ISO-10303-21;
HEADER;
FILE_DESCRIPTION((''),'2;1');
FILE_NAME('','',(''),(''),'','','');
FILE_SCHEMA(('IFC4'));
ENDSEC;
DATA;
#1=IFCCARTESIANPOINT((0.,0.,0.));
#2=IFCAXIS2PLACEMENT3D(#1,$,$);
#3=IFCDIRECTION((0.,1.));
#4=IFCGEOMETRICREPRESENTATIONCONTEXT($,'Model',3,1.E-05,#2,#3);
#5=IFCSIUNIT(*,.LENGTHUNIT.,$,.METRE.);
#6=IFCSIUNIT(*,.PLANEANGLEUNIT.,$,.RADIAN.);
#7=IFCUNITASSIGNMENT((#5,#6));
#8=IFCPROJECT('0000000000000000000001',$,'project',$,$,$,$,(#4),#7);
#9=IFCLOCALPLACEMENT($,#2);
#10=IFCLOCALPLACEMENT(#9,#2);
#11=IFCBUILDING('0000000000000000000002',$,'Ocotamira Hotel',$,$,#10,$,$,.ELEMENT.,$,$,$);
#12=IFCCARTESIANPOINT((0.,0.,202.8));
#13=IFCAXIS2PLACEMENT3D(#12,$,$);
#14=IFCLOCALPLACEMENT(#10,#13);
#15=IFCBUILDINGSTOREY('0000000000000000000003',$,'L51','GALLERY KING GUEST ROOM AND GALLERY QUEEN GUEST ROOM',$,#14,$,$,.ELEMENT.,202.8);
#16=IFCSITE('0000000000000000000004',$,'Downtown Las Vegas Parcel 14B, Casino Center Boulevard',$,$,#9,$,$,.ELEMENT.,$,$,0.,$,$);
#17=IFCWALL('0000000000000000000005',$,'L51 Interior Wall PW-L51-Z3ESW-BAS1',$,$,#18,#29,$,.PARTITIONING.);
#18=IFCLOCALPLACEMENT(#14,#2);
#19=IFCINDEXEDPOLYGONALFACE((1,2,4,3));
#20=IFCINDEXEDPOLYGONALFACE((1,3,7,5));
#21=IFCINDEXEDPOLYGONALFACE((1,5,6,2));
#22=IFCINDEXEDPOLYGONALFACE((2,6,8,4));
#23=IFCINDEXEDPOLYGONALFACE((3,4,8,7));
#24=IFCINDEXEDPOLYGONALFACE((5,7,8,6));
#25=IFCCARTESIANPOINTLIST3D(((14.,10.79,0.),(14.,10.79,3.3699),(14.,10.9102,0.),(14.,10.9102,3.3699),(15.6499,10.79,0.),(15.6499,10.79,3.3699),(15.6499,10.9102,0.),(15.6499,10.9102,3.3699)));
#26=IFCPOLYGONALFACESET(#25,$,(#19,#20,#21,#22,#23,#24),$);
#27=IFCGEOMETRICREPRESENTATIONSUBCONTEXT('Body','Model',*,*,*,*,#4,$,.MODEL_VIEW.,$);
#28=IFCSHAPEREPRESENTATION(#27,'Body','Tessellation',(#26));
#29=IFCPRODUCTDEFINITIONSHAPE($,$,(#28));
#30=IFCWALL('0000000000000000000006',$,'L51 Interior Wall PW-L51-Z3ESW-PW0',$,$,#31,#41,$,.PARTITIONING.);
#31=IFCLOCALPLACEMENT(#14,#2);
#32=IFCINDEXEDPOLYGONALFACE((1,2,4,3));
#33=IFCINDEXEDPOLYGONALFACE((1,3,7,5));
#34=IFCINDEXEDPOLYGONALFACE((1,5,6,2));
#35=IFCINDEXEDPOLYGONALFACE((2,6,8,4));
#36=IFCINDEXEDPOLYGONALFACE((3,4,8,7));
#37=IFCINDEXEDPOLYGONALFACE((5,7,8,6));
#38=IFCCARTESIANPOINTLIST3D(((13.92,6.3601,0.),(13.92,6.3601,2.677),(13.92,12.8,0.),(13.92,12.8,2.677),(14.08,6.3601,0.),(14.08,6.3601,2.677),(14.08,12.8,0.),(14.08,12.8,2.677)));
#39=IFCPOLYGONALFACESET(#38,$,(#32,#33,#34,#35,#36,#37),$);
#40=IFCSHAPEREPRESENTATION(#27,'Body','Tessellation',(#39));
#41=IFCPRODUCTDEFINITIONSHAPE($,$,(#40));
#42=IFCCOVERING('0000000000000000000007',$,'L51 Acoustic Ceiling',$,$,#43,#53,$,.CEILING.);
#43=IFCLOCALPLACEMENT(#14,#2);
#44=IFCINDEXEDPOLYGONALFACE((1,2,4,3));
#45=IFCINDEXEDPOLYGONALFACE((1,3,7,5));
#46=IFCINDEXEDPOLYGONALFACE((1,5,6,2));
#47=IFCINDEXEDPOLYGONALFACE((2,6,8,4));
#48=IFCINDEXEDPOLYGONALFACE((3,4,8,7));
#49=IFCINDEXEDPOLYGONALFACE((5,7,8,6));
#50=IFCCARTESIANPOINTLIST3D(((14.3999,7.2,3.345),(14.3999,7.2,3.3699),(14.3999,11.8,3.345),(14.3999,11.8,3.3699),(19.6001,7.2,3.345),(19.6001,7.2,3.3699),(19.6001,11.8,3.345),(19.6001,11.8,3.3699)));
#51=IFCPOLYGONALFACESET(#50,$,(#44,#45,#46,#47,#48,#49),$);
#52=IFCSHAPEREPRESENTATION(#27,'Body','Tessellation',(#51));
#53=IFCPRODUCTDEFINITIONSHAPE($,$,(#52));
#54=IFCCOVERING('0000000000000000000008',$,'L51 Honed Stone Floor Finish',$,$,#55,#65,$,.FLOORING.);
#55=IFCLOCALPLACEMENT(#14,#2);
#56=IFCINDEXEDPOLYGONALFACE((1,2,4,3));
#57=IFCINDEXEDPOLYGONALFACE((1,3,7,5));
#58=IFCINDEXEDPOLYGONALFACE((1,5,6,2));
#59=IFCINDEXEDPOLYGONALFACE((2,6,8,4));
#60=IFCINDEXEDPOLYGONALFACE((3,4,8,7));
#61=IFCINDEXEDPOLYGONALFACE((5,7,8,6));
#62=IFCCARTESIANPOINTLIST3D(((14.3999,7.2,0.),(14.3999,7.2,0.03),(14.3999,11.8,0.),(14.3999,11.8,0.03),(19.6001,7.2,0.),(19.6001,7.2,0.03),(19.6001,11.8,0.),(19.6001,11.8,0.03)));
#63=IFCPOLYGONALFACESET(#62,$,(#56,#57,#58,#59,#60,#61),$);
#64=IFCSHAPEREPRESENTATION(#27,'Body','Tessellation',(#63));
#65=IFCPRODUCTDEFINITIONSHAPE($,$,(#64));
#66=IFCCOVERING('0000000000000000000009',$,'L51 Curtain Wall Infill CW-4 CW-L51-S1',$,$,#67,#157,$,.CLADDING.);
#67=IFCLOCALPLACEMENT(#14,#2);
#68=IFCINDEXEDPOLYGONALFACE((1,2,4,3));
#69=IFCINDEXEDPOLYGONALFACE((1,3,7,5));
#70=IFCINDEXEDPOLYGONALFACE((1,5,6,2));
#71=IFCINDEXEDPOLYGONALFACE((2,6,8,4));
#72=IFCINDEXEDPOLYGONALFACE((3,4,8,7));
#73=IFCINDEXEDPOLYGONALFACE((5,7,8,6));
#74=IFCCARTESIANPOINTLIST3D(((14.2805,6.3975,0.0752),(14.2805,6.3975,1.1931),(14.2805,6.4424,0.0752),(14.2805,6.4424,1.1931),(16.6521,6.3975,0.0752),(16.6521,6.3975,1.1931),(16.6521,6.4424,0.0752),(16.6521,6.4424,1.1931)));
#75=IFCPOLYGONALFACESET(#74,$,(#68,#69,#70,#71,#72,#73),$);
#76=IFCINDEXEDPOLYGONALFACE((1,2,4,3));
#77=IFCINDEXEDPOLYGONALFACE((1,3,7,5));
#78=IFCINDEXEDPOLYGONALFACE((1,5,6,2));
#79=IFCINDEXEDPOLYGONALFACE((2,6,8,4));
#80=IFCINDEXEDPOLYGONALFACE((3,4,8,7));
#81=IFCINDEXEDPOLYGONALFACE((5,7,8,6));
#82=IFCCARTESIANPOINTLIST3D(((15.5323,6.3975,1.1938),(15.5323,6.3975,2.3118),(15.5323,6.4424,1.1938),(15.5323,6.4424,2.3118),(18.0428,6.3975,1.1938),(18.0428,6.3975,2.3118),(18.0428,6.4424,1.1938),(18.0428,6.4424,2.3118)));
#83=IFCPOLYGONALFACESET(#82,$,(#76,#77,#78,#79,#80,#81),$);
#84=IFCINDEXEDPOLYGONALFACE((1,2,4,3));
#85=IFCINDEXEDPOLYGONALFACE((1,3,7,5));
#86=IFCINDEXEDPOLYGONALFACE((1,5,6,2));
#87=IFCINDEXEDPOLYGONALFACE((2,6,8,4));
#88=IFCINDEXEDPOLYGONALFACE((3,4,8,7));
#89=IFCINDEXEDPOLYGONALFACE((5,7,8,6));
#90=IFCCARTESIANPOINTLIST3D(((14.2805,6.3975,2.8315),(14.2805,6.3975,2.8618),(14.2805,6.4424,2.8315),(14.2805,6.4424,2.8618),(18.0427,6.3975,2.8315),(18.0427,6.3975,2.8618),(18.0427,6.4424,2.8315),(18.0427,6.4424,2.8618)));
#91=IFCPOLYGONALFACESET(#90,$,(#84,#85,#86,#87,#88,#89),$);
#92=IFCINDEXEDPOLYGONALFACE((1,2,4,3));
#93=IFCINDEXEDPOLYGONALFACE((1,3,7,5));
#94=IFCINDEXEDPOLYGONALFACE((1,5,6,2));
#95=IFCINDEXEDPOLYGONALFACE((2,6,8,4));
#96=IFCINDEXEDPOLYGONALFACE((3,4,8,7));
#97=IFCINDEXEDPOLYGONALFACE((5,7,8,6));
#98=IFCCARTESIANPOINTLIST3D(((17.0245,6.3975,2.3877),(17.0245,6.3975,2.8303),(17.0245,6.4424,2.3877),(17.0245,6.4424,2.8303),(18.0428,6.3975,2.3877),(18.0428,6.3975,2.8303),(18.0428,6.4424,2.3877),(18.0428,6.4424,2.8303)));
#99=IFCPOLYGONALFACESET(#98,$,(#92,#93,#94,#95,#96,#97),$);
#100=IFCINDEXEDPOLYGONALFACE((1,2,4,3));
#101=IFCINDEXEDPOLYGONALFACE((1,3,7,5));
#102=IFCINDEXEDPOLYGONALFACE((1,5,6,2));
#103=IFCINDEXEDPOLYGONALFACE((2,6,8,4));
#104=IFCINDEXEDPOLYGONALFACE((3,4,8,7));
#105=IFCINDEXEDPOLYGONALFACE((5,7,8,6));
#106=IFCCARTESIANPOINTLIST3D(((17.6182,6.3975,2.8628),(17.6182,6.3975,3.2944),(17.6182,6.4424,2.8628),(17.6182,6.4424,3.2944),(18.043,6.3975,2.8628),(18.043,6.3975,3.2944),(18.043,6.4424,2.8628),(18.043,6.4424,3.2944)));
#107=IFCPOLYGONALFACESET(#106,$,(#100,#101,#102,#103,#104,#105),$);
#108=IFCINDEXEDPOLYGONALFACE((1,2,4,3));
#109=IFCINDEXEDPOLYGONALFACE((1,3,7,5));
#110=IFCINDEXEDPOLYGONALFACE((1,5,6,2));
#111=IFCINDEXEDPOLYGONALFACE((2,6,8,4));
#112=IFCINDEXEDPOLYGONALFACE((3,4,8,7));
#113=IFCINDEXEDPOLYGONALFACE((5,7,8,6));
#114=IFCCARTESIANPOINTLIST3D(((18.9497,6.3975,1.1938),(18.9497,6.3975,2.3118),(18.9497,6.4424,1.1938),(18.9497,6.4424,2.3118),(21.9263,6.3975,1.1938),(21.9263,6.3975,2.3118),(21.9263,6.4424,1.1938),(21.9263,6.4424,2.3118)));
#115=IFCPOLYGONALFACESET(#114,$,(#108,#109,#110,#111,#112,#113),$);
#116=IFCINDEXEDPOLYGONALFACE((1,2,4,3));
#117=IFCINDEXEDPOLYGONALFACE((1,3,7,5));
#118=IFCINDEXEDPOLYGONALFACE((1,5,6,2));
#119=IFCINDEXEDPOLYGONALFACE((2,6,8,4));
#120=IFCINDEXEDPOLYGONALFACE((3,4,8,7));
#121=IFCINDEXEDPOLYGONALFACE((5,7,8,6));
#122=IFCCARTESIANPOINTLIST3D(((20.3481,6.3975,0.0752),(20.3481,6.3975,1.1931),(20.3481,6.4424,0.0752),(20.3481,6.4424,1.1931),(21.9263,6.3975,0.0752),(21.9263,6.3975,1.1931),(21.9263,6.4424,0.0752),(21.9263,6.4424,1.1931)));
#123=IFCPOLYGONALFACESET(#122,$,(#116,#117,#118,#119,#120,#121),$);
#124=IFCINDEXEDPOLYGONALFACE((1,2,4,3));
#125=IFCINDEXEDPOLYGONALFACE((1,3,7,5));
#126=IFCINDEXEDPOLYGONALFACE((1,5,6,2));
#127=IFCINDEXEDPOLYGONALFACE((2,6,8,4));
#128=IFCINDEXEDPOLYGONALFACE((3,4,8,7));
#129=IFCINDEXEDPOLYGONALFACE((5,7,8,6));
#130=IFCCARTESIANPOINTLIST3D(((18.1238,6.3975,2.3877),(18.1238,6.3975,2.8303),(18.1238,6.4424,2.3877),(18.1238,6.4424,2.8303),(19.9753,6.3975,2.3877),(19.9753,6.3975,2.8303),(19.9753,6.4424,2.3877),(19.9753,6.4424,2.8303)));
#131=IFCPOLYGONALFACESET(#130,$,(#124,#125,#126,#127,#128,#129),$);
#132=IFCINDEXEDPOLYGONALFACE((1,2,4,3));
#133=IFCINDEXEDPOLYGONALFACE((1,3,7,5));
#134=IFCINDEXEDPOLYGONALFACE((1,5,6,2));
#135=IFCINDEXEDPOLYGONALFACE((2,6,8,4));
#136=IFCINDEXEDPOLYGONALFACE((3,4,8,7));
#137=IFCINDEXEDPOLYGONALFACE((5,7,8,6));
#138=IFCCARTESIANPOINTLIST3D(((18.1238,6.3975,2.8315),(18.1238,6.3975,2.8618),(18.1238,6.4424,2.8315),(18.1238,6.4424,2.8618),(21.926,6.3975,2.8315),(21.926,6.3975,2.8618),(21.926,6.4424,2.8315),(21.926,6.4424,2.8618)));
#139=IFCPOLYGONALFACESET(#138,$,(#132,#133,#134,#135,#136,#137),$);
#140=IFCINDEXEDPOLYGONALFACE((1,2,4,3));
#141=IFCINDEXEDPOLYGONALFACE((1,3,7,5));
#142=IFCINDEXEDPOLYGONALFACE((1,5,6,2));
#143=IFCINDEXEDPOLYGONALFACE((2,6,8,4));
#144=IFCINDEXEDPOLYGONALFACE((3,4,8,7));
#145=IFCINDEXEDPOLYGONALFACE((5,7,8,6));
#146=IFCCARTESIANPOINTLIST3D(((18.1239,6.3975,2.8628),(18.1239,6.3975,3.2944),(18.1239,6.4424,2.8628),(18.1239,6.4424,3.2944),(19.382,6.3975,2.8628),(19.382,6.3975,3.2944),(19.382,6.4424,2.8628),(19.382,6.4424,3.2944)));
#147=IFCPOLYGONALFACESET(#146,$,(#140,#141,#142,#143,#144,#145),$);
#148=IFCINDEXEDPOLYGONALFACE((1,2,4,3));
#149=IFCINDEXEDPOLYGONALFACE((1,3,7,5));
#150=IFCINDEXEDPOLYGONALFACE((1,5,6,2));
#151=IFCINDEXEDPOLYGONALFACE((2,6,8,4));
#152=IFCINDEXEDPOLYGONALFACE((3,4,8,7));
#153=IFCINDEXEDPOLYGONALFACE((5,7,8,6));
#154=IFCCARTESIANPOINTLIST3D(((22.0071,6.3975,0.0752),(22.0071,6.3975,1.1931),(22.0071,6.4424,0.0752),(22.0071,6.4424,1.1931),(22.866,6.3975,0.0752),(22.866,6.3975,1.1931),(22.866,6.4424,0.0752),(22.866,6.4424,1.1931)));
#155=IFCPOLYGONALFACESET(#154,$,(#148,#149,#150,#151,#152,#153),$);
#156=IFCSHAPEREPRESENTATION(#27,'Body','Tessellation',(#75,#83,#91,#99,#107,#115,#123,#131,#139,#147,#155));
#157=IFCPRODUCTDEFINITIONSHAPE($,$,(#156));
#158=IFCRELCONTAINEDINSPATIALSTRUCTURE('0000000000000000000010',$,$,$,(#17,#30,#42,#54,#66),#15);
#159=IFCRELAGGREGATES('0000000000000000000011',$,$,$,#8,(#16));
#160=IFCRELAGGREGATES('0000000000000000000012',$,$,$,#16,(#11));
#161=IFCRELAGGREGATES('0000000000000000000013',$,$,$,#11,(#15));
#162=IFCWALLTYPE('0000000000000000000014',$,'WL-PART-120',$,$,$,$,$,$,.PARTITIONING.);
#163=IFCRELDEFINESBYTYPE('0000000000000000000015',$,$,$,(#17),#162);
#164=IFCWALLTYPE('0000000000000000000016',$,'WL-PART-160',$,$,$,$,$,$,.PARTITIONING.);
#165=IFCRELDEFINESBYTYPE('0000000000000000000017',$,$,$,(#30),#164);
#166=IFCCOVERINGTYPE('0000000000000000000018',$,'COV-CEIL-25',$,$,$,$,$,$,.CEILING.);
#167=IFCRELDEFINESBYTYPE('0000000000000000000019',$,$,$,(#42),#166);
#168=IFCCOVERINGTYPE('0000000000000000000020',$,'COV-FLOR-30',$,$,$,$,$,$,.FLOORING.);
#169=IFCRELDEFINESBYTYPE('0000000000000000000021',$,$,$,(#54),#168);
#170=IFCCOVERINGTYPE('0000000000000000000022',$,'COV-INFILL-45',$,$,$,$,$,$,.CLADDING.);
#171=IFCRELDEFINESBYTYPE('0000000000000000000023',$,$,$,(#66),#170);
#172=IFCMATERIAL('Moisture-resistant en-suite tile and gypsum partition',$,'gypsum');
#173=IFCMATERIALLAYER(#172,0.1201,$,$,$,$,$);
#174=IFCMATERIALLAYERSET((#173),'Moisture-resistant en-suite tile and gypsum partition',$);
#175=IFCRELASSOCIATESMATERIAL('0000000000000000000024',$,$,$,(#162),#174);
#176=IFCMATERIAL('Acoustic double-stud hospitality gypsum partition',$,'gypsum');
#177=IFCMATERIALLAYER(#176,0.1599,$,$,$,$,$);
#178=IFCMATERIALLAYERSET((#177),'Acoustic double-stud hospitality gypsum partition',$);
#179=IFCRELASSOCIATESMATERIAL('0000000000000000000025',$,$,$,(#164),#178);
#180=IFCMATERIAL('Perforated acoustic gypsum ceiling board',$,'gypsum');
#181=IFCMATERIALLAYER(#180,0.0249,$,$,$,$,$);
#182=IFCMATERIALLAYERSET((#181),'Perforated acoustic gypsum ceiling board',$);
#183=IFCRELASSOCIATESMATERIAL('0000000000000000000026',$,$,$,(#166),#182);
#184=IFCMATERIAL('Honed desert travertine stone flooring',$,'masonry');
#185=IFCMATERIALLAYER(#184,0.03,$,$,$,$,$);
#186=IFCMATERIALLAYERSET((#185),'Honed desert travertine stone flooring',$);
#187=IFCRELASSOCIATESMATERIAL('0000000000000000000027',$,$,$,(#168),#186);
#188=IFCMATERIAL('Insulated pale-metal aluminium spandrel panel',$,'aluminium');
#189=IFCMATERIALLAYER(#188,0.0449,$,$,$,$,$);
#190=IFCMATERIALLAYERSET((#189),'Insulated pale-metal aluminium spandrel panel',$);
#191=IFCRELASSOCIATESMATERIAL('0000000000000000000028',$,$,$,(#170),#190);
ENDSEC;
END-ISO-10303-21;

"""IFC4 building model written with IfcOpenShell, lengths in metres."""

from ifc_helpers import new_model, si_unit, direction, frame, frame_2d, origin, origin_2d, place, context, subcontext, project, spatial, polyline, rectangle, outline, extrude, material, layer, layer_set, type_object, element, save


model = new_model("IFC4")

# Units and contexts
model_context = context("Model", 3, precision=1e-05, world=origin(), true_north=direction((0.0, 1.0)))
body_context = subcontext(model_context, "Body", "Model", "MODEL_VIEW")
ifc_project = project(units=[si_unit("LENGTHUNIT", "METRE"), si_unit("PLANEANGLEUNIT", "RADIAN")], contexts=[model_context])

# Site, building, storey
site_placement = place(None, origin())
site = spatial("IfcSite", under=ifc_project, at=site_placement, Name="Downtown Las Vegas Parcel 14B, Casino Center Boulevard", CompositionType="ELEMENT", RefElevation=0.0)
building_placement = place(site_placement, origin())
building = spatial("IfcBuilding", under=site, at=building_placement, Name="Ocotamira Hotel", CompositionType="ELEMENT")
storey_placement = place(building_placement, frame((0.0, 0.0, 202.8)))
storey = spatial("IfcBuildingStorey", under=building, at=storey_placement, Name="L51", Description="GALLERY KING GUEST ROOM AND GALLERY QUEEN GUEST ROOM", CompositionType="ELEMENT", Elevation=202.8)

# Walls
ifc_material_1 = material(Name="Moisture-resistant en-suite tile and gypsum partition", Category="gypsum")
ifc_layer_1 = layer(ifc_material_1, 0.1201)
ifc_layer_set_1 = layer_set([ifc_layer_1], Name="Moisture-resistant en-suite tile and gypsum partition")
wall_type_1 = type_object("IfcWallType", Name="WL-PART-120", PredefinedType="PARTITIONING", material=ifc_layer_set_1)
wall_1_placement = place(storey_placement, frame((14.0, 10.8501, 0.0), z_axis=(0.0, 0.0, 1.0), x_axis=(1.0, 0.0, 0.0)))
element("IfcWall", 1, at=wall_1_placement, inside=storey, type_object=wall_type_1, Name="L51 Interior Wall PW-L51-Z3ESW-BAS1", PredefinedType="PARTITIONING", context=body_context, shape_type="SweptSolid", body=[
    extrude(rectangle(XDim=1.6499, YDim=0.1201, at=frame_2d((0.825, 0.0))), origin(), (0.0, 0.0, 1.0), 3.3699),
])
ifc_material_2 = material(Name="Acoustic double-stud hospitality gypsum partition", Category="gypsum")
ifc_layer_2 = layer(ifc_material_2, 0.1599)
ifc_layer_set_2 = layer_set([ifc_layer_2], Name="Acoustic double-stud hospitality gypsum partition")
wall_type_2 = type_object("IfcWallType", Name="WL-PART-160", PredefinedType="PARTITIONING", material=ifc_layer_set_2)
wall_2_placement = place(storey_placement, frame((14.0, 6.3601, 0.0), z_axis=(0.0, 0.0, 1.0), x_axis=(0.0, 1.0, 0.0)))
element("IfcWall", 2, at=wall_2_placement, inside=storey, type_object=wall_type_2, Name="L51 Interior Wall PW-L51-Z3ESW-PW0", PredefinedType="PARTITIONING", context=body_context, shape_type="SweptSolid", body=[
    extrude(rectangle(XDim=6.4399, YDim=0.1599, at=frame_2d((3.22, 0.0))), origin(), (0.0, 0.0, 1.0), 2.677),
])

# Coverings
ifc_material_3 = material(Name="Perforated acoustic gypsum ceiling board", Category="gypsum")
ifc_layer_3 = layer(ifc_material_3, 0.0249)
ifc_layer_set_3 = layer_set([ifc_layer_3], Name="Perforated acoustic gypsum ceiling board")
covering_type_1 = type_object("IfcCoveringType", Name="COV-CEIL-25", PredefinedType="CEILING", material=ifc_layer_set_3)
covering_1_placement = place(storey_placement, frame((0.0, 0.0, 3.345)))
element("IfcCovering", 3, at=covering_1_placement, inside=storey, type_object=covering_type_1, Name="L51 Acoustic Ceiling", PredefinedType="CEILING", context=body_context, shape_type="SweptSolid", body=[
    extrude(outline(polyline([(14.3999, 7.2), (19.6001, 7.2), (19.6001, 11.8), (14.3999, 11.8), (14.3999, 7.2)])), origin(), (0.0, 0.0, 1.0), 0.0249),
])
ifc_material_4 = material(Name="Honed desert travertine stone flooring", Category="masonry")
ifc_layer_4 = layer(ifc_material_4, 0.03)
ifc_layer_set_4 = layer_set([ifc_layer_4], Name="Honed desert travertine stone flooring")
covering_type_2 = type_object("IfcCoveringType", Name="COV-FLOR-30", PredefinedType="FLOORING", material=ifc_layer_set_4)
covering_2_placement = place(storey_placement, origin())
element("IfcCovering", 4, at=covering_2_placement, inside=storey, type_object=covering_type_2, Name="L51 Honed Stone Floor Finish", PredefinedType="FLOORING", context=body_context, shape_type="SweptSolid", body=[
    extrude(outline(polyline([(14.3999, 7.2), (19.6001, 7.2), (19.6001, 11.8), (14.3999, 11.8), (14.3999, 7.2)])), origin(), (0.0, 0.0, 1.0), 0.03),
])
ifc_material_5 = material(Name="Insulated pale-metal aluminium spandrel panel", Category="aluminium")
ifc_layer_5 = layer(ifc_material_5, 0.0449)
ifc_layer_set_5 = layer_set([ifc_layer_5], Name="Insulated pale-metal aluminium spandrel panel")
covering_type_3 = type_object("IfcCoveringType", Name="COV-INFILL-45", PredefinedType="CLADDING", material=ifc_layer_set_5)
covering_3_placement = place(storey_placement, origin())
element("IfcCovering", 5, at=covering_3_placement, inside=storey, type_object=covering_type_3, Name="L51 Curtain Wall Infill CW-4 CW-L51-S1", PredefinedType="CLADDING", context=body_context, shape_type="SweptSolid", body=[
    extrude(rectangle(XDim=2.3716, YDim=0.0449, at=origin_2d()), frame((15.4663, 6.4199, 0.0752), z_axis=(0.0, 0.0, 1.0), x_axis=(1.0, 0.0, 0.0)), (0.0, 0.0, 1.0), 1.1179),
    extrude(rectangle(XDim=2.5105, YDim=0.0449, at=origin_2d()), frame((16.7876, 6.4199, 1.1938), z_axis=(0.0, 0.0, 1.0), x_axis=(1.0, 0.0, 0.0)), (0.0, 0.0, 1.0), 1.1179),
    extrude(rectangle(XDim=3.7622, YDim=0.0449, at=origin_2d()), frame((16.1616, 6.4199, 2.8315), z_axis=(0.0, 0.0, 1.0), x_axis=(1.0, 0.0, 0.0)), (0.0, 0.0, 1.0), 0.0303),
    extrude(rectangle(XDim=1.0183, YDim=0.0449, at=origin_2d()), frame((17.5337, 6.4199, 2.3877), z_axis=(0.0, 0.0, 1.0), x_axis=(1.0, 0.0, 0.0)), (0.0, 0.0, 1.0), 0.4426),
    extrude(rectangle(XDim=0.4248, YDim=0.0449, at=origin_2d()), frame((17.8306, 6.4199, 2.8628), z_axis=(0.0, 0.0, 1.0), x_axis=(1.0, 0.0, 0.0)), (0.0, 0.0, 1.0), 0.4316),
    extrude(rectangle(XDim=2.9766, YDim=0.0449, at=origin_2d()), frame((20.438, 6.4199, 1.1938), z_axis=(0.0, 0.0, 1.0), x_axis=(1.0, 0.0, 0.0)), (0.0, 0.0, 1.0), 1.1179),
    extrude(rectangle(XDim=1.5781, YDim=0.0449, at=origin_2d()), frame((21.1372, 6.4199, 0.0752), z_axis=(0.0, 0.0, 1.0), x_axis=(1.0, 0.0, 0.0)), (0.0, 0.0, 1.0), 1.1179),
    extrude(rectangle(XDim=1.8516, YDim=0.0449, at=origin_2d()), frame((19.0496, 6.4199, 2.3877), z_axis=(0.0, 0.0, 1.0), x_axis=(1.0, 0.0, 0.0)), (0.0, 0.0, 1.0), 0.4426),
    extrude(rectangle(XDim=3.8022, YDim=0.0449, at=origin_2d()), frame((20.0249, 6.4199, 2.8315), z_axis=(0.0, 0.0, 1.0), x_axis=(1.0, 0.0, 0.0)), (0.0, 0.0, 1.0), 0.0303),
    extrude(rectangle(XDim=1.2581, YDim=0.0449, at=origin_2d()), frame((18.7529, 6.4199, 2.8628), z_axis=(0.0, 0.0, 1.0), x_axis=(1.0, 0.0, 0.0)), (0.0, 0.0, 1.0), 0.4316),
    extrude(rectangle(XDim=0.8589, YDim=0.0449, at=origin_2d()), frame((22.4365, 6.4199, 0.0752), z_axis=(0.0, 0.0, 1.0), x_axis=(1.0, 0.0, 0.0)), (0.0, 0.0, 1.0), 1.1179),
])

save(model, "model.ifc")
